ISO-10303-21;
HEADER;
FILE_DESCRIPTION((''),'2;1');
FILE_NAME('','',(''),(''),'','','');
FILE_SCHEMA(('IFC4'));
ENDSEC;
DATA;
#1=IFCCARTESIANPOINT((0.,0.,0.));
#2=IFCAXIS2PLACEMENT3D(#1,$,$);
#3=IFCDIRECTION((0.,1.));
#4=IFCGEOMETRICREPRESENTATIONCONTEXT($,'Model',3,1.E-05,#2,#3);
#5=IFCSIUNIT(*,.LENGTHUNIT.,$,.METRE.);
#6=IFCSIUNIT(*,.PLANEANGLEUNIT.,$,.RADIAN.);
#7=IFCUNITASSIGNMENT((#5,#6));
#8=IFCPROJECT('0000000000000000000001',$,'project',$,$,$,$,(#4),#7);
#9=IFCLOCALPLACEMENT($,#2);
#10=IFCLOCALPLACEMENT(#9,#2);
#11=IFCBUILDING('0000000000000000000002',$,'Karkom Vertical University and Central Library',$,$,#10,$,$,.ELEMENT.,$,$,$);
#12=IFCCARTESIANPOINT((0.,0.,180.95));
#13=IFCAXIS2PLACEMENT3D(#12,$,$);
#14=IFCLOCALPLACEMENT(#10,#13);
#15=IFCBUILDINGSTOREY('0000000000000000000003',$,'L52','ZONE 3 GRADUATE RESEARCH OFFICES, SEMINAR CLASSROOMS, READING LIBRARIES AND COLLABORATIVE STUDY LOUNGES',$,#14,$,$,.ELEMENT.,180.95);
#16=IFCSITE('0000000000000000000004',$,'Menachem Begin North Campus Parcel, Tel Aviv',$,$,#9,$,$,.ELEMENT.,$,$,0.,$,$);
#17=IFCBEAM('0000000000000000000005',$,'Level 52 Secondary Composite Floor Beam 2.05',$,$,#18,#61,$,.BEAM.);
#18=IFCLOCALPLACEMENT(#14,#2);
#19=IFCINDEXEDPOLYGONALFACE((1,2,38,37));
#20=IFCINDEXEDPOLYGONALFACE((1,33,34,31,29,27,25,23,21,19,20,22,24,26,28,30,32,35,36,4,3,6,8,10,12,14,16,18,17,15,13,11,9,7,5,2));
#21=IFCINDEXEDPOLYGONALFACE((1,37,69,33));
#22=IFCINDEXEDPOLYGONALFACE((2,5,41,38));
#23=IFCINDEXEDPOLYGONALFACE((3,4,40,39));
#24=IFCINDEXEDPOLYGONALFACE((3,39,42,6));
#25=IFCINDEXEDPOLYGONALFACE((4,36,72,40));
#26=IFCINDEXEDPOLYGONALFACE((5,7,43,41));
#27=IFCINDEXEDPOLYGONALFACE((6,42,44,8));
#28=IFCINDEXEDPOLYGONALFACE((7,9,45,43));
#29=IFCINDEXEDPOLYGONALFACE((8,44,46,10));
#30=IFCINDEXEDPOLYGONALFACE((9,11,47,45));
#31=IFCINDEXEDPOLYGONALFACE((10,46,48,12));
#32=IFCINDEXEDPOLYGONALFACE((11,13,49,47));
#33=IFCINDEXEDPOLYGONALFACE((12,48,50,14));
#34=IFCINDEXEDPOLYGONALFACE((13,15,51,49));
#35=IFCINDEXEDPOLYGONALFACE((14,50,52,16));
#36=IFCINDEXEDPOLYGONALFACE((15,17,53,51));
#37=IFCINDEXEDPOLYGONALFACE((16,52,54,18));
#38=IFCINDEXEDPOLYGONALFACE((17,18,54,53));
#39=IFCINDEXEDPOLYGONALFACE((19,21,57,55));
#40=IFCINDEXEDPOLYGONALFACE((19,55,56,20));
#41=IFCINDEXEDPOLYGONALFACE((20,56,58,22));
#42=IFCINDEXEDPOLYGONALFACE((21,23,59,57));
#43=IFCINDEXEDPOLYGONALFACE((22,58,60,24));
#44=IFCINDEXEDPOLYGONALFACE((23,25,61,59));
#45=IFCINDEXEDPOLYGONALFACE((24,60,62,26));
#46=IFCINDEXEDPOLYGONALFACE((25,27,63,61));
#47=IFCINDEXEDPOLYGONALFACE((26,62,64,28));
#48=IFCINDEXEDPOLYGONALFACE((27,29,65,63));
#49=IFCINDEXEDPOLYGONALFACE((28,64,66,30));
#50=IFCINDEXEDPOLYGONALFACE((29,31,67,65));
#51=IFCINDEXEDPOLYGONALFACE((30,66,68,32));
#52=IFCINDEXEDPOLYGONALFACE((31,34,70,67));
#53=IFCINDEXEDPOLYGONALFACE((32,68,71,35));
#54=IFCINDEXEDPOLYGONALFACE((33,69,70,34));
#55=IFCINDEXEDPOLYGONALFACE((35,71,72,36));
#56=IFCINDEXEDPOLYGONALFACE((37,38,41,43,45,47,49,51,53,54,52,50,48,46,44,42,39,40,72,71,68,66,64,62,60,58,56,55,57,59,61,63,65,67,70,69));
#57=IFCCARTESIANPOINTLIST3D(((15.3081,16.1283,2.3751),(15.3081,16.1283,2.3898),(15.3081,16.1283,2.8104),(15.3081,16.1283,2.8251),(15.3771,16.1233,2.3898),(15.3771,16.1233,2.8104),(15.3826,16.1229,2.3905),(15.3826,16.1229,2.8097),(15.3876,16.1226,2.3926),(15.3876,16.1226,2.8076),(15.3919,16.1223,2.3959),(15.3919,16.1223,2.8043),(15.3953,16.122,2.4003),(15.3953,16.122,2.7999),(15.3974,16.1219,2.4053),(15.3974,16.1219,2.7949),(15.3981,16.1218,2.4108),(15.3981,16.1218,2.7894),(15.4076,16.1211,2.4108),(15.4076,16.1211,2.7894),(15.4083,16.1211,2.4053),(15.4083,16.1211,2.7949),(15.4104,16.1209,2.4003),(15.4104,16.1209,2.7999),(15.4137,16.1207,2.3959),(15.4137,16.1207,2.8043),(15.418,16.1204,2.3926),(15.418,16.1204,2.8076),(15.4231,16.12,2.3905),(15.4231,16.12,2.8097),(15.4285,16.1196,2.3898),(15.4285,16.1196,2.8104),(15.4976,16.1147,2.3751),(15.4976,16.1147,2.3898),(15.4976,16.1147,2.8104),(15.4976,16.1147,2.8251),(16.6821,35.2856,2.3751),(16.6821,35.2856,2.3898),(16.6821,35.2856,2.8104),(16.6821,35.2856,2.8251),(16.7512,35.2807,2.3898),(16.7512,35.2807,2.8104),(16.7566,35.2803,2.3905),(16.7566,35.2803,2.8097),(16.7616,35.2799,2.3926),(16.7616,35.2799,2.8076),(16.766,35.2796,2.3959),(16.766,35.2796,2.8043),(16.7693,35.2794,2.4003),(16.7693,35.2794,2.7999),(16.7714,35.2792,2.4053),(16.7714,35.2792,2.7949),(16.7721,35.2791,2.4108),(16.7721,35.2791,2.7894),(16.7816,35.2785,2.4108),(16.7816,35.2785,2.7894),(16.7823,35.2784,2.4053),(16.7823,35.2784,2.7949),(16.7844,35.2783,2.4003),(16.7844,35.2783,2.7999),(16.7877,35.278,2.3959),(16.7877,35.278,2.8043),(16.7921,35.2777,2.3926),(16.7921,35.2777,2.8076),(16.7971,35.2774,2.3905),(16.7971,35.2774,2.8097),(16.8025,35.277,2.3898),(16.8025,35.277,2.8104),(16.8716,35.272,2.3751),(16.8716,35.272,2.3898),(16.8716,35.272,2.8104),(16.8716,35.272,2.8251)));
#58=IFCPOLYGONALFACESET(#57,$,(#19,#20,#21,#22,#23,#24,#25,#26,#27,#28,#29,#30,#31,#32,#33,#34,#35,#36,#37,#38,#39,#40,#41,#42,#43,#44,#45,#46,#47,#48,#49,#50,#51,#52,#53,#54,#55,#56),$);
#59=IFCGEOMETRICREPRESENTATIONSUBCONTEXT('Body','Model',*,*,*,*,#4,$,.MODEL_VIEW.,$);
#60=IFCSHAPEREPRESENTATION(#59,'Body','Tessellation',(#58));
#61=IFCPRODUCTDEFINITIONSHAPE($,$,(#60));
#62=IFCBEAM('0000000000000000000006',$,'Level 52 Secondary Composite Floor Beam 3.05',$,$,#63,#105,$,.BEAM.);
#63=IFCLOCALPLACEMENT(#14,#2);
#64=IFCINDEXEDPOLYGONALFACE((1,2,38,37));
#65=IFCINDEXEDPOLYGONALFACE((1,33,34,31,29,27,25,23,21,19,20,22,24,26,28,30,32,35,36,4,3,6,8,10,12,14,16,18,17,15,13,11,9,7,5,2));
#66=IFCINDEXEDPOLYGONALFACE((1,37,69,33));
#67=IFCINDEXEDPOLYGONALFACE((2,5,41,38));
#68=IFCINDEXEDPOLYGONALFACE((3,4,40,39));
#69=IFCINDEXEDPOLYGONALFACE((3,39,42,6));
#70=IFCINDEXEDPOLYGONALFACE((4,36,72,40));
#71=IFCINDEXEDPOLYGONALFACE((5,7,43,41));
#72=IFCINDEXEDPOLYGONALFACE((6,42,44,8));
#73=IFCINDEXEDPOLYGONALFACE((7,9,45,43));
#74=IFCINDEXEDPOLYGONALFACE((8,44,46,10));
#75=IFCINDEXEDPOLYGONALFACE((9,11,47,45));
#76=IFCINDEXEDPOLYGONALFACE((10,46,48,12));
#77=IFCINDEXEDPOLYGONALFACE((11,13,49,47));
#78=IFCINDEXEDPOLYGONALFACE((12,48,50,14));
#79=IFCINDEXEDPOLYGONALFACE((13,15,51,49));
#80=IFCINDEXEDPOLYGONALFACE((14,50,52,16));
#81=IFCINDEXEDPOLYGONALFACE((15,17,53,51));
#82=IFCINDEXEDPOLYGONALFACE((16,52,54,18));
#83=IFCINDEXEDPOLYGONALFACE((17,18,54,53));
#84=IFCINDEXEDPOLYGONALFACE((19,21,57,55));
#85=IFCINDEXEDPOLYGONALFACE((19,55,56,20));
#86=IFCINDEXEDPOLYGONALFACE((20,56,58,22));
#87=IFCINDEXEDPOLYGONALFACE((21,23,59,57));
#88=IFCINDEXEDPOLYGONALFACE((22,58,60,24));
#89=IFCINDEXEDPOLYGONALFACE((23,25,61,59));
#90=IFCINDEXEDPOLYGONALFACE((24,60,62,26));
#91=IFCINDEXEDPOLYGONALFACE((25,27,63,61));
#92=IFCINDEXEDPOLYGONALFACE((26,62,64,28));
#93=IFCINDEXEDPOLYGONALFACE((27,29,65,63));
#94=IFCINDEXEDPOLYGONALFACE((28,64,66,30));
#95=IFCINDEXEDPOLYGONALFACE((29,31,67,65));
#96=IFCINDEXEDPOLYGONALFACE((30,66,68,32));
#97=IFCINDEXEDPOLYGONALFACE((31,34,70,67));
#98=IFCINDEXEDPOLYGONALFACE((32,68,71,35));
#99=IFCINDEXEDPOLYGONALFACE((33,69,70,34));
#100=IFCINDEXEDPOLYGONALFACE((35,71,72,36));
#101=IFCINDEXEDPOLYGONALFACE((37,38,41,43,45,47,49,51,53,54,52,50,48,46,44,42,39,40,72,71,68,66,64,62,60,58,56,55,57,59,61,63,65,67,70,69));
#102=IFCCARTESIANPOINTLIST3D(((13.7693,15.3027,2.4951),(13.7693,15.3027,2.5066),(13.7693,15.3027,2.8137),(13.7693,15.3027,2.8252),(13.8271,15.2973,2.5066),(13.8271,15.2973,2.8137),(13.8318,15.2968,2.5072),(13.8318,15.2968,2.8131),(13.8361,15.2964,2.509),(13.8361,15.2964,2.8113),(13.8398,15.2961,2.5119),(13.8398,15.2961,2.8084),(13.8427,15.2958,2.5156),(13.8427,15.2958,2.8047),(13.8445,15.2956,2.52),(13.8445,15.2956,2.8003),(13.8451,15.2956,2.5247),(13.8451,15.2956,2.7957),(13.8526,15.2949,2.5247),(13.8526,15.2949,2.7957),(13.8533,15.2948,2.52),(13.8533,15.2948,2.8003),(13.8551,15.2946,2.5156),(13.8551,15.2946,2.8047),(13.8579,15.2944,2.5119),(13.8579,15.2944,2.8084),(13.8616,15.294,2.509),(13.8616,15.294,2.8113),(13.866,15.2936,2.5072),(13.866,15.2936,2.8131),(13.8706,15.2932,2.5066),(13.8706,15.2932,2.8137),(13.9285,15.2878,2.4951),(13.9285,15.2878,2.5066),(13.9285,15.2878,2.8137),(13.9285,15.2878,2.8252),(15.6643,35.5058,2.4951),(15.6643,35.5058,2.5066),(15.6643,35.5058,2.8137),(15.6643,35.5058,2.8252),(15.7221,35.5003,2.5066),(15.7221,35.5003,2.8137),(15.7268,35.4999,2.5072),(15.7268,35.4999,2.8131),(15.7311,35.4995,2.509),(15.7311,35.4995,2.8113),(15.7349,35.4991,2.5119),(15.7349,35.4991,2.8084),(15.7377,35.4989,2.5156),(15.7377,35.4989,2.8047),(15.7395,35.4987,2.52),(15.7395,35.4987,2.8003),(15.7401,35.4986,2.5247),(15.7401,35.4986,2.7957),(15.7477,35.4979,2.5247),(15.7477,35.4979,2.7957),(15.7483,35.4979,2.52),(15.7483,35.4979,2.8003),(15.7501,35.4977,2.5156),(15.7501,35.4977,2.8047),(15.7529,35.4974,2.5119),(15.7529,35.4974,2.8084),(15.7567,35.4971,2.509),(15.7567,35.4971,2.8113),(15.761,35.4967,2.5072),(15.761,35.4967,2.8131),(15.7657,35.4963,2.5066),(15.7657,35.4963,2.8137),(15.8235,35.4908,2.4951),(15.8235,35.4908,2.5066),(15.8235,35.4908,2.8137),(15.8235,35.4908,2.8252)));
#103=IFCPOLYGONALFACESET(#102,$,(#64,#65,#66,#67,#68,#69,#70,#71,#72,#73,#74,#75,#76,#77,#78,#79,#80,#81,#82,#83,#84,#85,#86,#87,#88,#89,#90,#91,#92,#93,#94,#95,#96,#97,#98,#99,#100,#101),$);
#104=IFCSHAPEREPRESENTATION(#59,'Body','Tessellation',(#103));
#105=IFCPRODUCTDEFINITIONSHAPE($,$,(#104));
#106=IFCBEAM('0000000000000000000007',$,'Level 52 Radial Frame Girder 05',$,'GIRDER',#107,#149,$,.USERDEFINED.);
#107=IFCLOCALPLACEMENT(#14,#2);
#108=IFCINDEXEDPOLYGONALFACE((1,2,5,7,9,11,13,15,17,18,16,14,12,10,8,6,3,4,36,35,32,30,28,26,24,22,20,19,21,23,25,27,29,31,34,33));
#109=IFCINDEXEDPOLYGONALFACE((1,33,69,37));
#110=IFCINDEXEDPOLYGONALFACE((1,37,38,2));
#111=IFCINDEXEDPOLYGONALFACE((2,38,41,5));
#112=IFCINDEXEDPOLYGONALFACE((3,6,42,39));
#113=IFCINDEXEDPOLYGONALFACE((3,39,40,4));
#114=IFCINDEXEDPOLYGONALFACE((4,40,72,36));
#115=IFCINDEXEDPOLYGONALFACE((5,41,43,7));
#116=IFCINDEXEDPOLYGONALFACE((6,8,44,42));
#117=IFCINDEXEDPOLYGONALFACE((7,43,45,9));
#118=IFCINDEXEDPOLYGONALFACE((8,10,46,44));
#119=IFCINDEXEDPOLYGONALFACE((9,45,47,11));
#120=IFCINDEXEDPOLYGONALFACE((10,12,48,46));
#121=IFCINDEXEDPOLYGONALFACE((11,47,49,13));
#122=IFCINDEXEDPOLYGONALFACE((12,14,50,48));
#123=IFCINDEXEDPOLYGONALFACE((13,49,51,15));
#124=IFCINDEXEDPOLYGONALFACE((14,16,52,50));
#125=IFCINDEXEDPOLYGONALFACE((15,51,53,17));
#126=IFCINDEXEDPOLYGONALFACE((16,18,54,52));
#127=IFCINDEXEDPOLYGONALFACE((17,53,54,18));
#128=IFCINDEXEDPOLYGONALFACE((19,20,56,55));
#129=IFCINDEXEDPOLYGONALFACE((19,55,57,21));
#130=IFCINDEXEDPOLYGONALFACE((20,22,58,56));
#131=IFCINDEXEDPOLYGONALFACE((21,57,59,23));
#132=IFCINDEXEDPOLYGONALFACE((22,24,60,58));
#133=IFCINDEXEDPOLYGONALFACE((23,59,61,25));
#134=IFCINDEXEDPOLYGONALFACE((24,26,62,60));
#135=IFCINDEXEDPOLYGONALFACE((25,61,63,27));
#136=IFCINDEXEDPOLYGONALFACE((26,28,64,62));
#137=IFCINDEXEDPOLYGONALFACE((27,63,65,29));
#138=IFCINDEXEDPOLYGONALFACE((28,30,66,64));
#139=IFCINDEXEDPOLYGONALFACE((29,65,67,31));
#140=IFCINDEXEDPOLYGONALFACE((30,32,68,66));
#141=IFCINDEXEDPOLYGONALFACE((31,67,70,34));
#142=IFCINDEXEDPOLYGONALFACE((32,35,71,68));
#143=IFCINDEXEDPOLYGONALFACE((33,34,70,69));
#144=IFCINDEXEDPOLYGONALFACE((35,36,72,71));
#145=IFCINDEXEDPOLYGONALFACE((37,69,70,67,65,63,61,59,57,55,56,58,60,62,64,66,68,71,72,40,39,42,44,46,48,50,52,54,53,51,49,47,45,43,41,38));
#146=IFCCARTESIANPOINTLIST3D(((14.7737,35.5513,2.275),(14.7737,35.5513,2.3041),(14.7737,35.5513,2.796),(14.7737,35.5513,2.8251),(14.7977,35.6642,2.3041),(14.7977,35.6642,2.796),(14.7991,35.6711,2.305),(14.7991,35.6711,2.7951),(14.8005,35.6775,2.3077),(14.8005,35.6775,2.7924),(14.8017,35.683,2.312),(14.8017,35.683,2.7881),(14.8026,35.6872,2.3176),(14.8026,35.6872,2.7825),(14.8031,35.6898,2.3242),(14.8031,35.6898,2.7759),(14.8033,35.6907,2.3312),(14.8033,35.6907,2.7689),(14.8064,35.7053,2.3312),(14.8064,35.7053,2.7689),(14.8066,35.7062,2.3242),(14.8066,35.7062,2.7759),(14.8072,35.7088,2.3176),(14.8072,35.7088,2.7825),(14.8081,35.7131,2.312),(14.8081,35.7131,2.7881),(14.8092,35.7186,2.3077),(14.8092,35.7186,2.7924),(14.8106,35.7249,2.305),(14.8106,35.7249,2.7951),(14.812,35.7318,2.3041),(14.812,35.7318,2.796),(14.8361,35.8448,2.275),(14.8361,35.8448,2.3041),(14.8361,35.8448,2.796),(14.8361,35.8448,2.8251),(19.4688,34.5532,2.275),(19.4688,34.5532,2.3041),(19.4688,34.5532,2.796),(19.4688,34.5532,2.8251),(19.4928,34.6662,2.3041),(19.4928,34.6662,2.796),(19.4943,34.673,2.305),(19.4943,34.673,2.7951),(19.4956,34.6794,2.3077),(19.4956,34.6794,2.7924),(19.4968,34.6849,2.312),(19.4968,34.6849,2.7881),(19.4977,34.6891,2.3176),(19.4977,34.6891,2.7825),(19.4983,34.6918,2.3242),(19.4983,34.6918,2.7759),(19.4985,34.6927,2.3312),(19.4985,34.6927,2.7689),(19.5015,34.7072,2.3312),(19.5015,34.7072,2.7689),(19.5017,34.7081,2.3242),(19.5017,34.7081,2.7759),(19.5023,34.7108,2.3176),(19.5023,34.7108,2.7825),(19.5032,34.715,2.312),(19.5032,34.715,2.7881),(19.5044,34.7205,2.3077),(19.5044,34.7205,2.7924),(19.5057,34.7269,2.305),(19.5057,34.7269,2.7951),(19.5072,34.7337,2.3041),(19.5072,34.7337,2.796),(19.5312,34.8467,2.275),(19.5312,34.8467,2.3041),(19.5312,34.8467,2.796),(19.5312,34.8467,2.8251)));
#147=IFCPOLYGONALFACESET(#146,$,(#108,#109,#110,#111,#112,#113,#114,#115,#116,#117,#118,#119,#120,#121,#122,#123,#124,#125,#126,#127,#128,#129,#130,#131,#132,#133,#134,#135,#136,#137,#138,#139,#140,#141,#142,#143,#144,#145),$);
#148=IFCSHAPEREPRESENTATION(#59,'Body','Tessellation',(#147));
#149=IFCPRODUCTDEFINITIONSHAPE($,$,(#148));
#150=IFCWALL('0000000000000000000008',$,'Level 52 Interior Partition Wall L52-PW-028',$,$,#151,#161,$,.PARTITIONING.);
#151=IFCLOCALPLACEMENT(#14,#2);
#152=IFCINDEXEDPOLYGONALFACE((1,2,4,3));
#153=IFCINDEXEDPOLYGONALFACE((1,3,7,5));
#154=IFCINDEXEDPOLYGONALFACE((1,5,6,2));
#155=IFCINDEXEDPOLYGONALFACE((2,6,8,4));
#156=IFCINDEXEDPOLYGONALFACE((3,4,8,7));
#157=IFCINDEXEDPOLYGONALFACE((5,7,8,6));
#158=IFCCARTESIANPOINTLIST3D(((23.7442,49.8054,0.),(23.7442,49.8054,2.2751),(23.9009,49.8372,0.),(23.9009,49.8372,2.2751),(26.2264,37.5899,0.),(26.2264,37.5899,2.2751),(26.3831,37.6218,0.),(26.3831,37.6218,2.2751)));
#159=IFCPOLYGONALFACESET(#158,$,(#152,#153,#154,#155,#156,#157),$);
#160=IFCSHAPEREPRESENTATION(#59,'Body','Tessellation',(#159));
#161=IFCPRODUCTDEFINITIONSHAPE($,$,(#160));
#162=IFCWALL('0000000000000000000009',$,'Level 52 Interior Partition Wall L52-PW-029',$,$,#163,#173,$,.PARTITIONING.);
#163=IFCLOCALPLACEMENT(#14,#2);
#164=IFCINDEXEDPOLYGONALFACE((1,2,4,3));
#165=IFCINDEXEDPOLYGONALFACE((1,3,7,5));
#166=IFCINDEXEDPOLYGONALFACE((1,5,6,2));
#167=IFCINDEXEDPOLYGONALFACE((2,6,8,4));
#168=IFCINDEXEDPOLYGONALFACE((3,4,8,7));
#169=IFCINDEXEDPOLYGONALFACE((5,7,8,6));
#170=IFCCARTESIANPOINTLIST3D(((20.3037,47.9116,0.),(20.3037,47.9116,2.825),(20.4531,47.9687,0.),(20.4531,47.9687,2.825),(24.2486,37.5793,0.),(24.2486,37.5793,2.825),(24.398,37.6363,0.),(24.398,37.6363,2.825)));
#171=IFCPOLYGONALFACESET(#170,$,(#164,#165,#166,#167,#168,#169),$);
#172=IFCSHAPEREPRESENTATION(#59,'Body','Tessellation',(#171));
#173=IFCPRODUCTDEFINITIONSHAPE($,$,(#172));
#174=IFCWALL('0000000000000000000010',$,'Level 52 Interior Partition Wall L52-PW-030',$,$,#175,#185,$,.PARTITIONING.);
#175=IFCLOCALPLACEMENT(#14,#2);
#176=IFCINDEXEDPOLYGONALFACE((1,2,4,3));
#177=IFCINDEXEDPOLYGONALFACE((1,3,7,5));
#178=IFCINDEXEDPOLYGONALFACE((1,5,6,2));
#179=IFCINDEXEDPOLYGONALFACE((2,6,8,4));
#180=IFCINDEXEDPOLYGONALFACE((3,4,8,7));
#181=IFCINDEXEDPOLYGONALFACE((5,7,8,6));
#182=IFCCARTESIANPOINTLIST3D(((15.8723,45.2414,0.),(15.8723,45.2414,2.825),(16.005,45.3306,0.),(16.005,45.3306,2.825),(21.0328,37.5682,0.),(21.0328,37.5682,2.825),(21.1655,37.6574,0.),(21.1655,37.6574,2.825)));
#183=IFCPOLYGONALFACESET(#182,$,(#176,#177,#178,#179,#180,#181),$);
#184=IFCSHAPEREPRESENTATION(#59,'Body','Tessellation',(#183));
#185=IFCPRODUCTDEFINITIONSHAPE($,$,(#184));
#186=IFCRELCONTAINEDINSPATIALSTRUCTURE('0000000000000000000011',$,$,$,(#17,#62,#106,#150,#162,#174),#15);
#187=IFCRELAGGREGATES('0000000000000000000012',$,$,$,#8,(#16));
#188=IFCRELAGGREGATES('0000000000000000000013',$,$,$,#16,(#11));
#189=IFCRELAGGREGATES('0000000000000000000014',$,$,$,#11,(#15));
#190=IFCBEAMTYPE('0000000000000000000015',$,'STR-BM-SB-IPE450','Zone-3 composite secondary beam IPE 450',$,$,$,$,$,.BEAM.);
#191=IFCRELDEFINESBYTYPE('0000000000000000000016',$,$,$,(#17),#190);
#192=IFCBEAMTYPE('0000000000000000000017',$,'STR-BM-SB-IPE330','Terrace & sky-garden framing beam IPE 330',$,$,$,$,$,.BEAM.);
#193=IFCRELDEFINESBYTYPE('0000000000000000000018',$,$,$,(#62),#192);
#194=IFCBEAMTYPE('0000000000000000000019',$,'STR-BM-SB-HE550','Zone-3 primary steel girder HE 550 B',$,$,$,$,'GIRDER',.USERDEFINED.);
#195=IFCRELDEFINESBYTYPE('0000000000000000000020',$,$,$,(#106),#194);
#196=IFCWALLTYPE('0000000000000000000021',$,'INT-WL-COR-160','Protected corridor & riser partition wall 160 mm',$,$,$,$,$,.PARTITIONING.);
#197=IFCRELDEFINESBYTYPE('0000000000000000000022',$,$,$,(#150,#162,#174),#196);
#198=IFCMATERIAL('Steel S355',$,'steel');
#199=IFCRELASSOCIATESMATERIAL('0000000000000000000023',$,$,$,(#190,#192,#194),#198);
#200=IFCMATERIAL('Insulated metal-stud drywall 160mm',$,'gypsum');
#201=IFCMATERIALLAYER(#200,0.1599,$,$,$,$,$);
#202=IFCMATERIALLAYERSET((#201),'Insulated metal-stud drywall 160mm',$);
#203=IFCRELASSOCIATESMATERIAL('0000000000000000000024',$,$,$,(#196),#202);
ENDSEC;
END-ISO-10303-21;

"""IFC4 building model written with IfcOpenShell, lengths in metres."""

from ifc_helpers import new_model, si_unit, direction, frame, frame_2d, origin, origin_with_axes, origin_2d, place, context, subcontext, project, spatial, rectangle, i_section, extrude, source, transform, mapped, material, layer, layer_set, material_profile, profile_set, type_object, element, save


model = new_model("IFC4")

# Units and contexts
model_context = context("Model", 3, precision=1e-05, world=origin(), true_north=direction((0.0, 1.0)))
body_context = subcontext(model_context, "Body", "Model", "MODEL_VIEW")
ifc_project = project(units=[si_unit("LENGTHUNIT", "METRE"), si_unit("PLANEANGLEUNIT", "RADIAN")], contexts=[model_context])

# Site, building, storey
site_placement = place(None, origin())
site = spatial("IfcSite", under=ifc_project, at=site_placement, Name="Menachem Begin North Campus Parcel, Tel Aviv", CompositionType="ELEMENT", RefElevation=0.0)
building_placement = place(site_placement, origin())
building = spatial("IfcBuilding", under=site, at=building_placement, Name="Karkom Vertical University and Central Library", CompositionType="ELEMENT")
storey_placement = place(building_placement, frame((0.0, 0.0, 180.95)))
storey = spatial("IfcBuildingStorey", under=building, at=storey_placement, Name="L52", Description="ZONE 3 GRADUATE RESEARCH OFFICES, SEMINAR CLASSROOMS, READING LIBRARIES AND COLLABORATIVE STUDY LOUNGES", CompositionType="ELEMENT", Elevation=180.95)

# Beams
ifc_material_1 = material(Name="Steel S355", Category="steel")
ifc_material_profile_1 = material_profile(ifc_material_1, i_section(OverallWidth=0.1899, OverallDepth=0.45, WebThickness=0.0095, FlangeThickness=0.0146, FilletRadius=0.021, at=origin_2d()), Name="IPE 450")
ifc_profile_set_1 = profile_set([ifc_material_profile_1], Name="Steel S355")
beam_type_1 = type_object("IfcBeamType", Name="STR-BM-SB-IPE450", Description="Zone-3 composite secondary beam IPE 450", PredefinedType="BEAM", material=ifc_profile_set_1)
shared_shape_1 = source(origin_with_axes(), body_context, "Body", "SweptSolid", [
    extrude(i_section(OverallWidth=0.1899, OverallDepth=0.45, WebThickness=0.0095, FlangeThickness=0.0146, FilletRadius=0.021, at=origin_2d()), origin(), (0.0, 0.0, 1.0), 19.2065),
])
beam_1_placement = place(storey_placement, frame((16.7769, 35.2788, 2.6001), z_axis=(-0.07154, -0.997438, 0.0), x_axis=(0.997438, -0.07154, 0.0)))
element("IfcBeam", 1, at=beam_1_placement, inside=storey, type_object=beam_type_1, Name="Level 52 Secondary Composite Floor Beam 2.05", PredefinedType="BEAM", context=body_context, shape_type="MappedRepresentation", body=[
    mapped(shared_shape_1, transform((0.0, 0.0, 0.0), scale=1.0)),
])
ifc_material_profile_2 = material_profile(ifc_material_1, i_section(OverallWidth=0.1599, OverallDepth=0.3301, WebThickness=0.0076, FlangeThickness=0.0115, FilletRadius=0.0181, at=origin_2d()), Name="IPE 330")
ifc_profile_set_2 = profile_set([ifc_material_profile_2], Name="Steel S355")
beam_type_2 = type_object("IfcBeamType", Name="STR-BM-SB-IPE330", Description="Terrace & sky-garden framing beam IPE 330", PredefinedType="BEAM", material=ifc_profile_set_2)
shared_shape_2 = source(origin_with_axes(), body_context, "Body", "SweptSolid", [
    extrude(i_section(OverallWidth=0.1599, OverallDepth=0.3301, WebThickness=0.0076, FlangeThickness=0.0115, FilletRadius=0.0181, at=origin_2d()), origin(), (0.0, 0.0, 1.0), 20.2917),
])
beam_2_placement = place(storey_placement, frame((15.7439, 35.4983, 2.6602), z_axis=(-0.093388, -0.99563, 0.0), x_axis=(0.99563, -0.093388, 0.0)))
element("IfcBeam", 2, at=beam_2_placement, inside=storey, type_object=beam_type_2, Name="Level 52 Secondary Composite Floor Beam 3.05", PredefinedType="BEAM", context=body_context, shape_type="MappedRepresentation", body=[
    mapped(shared_shape_2, transform((0.0, 0.0, 0.0), scale=1.0)),
])
ifc_material_profile_3 = material_profile(ifc_material_1, i_section(OverallWidth=0.3, OverallDepth=0.55, WebThickness=0.0149, FlangeThickness=0.0291, FilletRadius=0.0271, at=origin_2d()), Name="HE 550 B")
ifc_profile_set_3 = profile_set([ifc_material_profile_3], Name="Steel S355")
beam_type_3 = type_object("IfcBeamType", Name="STR-BM-SB-HE550", Description="Zone-3 primary steel girder HE 550 B", ElementType="GIRDER", PredefinedType="USERDEFINED", material=ifc_profile_set_3)
shared_shape_3 = source(origin_with_axes(), body_context, "Body", "SweptSolid", [
    extrude(i_section(OverallWidth=0.3, OverallDepth=0.55, WebThickness=0.0149, FlangeThickness=0.0291, FilletRadius=0.0271, at=origin_2d()), origin(), (0.0, 0.0, 1.0), 4.8),
])
beam_3_placement = place(storey_placement, frame((19.5, 34.7, 2.55), z_axis=(-0.978144, 0.207927, 0.0), x_axis=(-0.207927, -0.978144, 0.0)))
element("IfcBeam", 3, at=beam_3_placement, inside=storey, type_object=beam_type_3, Name="Level 52 Radial Frame Girder 05", ObjectType="GIRDER", PredefinedType="USERDEFINED", context=body_context, shape_type="MappedRepresentation", body=[
    mapped(shared_shape_3, transform((0.0, 0.0, 0.0), scale=1.0)),
])

# Walls
ifc_material_2 = material(Name="Insulated metal-stud drywall 160mm", Category="gypsum")
ifc_layer_1 = layer(ifc_material_2, 0.1599)
ifc_layer_set_1 = layer_set([ifc_layer_1], Name="Insulated metal-stud drywall 160mm")
wall_type_1 = type_object("IfcWallType", Name="INT-WL-COR-160", Description="Protected corridor & riser partition wall 160 mm", PredefinedType="PARTITIONING", material=ifc_layer_set_1)
wall_1_placement = place(storey_placement, frame((26.3047, 37.606, 0.0), z_axis=(0.0, 0.0, 1.0), x_axis=(-0.199132, 0.979973, 0.0)))
element("IfcWall", 4, at=wall_1_placement, inside=storey, type_object=wall_type_1, Name="Level 52 Interior Partition Wall L52-PW-028", PredefinedType="PARTITIONING", context=body_context, shape_type="SweptSolid", body=[
    extrude(rectangle(XDim=12.4651, YDim=0.1599, at=frame_2d((6.2324, 0.0))), origin(), (0.0, 0.0, 1.0), 2.2751),
])
wall_2_placement = place(storey_placement, frame((24.3232, 37.6079, 0.0), z_axis=(0.0, 0.0, 1.0), x_axis=(-0.356684, 0.934225, 0.0)))
element("IfcWall", 5, at=wall_2_placement, inside=storey, type_object=wall_type_1, Name="Level 52 Interior Partition Wall L52-PW-029", PredefinedType="PARTITIONING", context=body_context, shape_type="SweptSolid", body=[
    extrude(rectangle(XDim=11.0598, YDim=0.1599, at=frame_2d((5.5298, 0.0))), origin(), (0.0, 0.0, 1.0), 2.825),
])
wall_3_placement = place(storey_placement, frame((21.0991, 37.6128, 0.0), z_axis=(0.0, 0.0, 1.0), x_axis=(-0.558065, 0.829797, 0.0)))
element("IfcWall", 6, at=wall_3_placement, inside=storey, type_object=wall_type_1, Name="Level 52 Interior Partition Wall L52-PW-030", PredefinedType="PARTITIONING", context=body_context, shape_type="SweptSolid", body=[
    extrude(rectangle(XDim=9.2471, YDim=0.1599, at=frame_2d((4.6235, 0.0))), origin(), (0.0, 0.0, 1.0), 2.825),
])

save(model, "model.ifc")
